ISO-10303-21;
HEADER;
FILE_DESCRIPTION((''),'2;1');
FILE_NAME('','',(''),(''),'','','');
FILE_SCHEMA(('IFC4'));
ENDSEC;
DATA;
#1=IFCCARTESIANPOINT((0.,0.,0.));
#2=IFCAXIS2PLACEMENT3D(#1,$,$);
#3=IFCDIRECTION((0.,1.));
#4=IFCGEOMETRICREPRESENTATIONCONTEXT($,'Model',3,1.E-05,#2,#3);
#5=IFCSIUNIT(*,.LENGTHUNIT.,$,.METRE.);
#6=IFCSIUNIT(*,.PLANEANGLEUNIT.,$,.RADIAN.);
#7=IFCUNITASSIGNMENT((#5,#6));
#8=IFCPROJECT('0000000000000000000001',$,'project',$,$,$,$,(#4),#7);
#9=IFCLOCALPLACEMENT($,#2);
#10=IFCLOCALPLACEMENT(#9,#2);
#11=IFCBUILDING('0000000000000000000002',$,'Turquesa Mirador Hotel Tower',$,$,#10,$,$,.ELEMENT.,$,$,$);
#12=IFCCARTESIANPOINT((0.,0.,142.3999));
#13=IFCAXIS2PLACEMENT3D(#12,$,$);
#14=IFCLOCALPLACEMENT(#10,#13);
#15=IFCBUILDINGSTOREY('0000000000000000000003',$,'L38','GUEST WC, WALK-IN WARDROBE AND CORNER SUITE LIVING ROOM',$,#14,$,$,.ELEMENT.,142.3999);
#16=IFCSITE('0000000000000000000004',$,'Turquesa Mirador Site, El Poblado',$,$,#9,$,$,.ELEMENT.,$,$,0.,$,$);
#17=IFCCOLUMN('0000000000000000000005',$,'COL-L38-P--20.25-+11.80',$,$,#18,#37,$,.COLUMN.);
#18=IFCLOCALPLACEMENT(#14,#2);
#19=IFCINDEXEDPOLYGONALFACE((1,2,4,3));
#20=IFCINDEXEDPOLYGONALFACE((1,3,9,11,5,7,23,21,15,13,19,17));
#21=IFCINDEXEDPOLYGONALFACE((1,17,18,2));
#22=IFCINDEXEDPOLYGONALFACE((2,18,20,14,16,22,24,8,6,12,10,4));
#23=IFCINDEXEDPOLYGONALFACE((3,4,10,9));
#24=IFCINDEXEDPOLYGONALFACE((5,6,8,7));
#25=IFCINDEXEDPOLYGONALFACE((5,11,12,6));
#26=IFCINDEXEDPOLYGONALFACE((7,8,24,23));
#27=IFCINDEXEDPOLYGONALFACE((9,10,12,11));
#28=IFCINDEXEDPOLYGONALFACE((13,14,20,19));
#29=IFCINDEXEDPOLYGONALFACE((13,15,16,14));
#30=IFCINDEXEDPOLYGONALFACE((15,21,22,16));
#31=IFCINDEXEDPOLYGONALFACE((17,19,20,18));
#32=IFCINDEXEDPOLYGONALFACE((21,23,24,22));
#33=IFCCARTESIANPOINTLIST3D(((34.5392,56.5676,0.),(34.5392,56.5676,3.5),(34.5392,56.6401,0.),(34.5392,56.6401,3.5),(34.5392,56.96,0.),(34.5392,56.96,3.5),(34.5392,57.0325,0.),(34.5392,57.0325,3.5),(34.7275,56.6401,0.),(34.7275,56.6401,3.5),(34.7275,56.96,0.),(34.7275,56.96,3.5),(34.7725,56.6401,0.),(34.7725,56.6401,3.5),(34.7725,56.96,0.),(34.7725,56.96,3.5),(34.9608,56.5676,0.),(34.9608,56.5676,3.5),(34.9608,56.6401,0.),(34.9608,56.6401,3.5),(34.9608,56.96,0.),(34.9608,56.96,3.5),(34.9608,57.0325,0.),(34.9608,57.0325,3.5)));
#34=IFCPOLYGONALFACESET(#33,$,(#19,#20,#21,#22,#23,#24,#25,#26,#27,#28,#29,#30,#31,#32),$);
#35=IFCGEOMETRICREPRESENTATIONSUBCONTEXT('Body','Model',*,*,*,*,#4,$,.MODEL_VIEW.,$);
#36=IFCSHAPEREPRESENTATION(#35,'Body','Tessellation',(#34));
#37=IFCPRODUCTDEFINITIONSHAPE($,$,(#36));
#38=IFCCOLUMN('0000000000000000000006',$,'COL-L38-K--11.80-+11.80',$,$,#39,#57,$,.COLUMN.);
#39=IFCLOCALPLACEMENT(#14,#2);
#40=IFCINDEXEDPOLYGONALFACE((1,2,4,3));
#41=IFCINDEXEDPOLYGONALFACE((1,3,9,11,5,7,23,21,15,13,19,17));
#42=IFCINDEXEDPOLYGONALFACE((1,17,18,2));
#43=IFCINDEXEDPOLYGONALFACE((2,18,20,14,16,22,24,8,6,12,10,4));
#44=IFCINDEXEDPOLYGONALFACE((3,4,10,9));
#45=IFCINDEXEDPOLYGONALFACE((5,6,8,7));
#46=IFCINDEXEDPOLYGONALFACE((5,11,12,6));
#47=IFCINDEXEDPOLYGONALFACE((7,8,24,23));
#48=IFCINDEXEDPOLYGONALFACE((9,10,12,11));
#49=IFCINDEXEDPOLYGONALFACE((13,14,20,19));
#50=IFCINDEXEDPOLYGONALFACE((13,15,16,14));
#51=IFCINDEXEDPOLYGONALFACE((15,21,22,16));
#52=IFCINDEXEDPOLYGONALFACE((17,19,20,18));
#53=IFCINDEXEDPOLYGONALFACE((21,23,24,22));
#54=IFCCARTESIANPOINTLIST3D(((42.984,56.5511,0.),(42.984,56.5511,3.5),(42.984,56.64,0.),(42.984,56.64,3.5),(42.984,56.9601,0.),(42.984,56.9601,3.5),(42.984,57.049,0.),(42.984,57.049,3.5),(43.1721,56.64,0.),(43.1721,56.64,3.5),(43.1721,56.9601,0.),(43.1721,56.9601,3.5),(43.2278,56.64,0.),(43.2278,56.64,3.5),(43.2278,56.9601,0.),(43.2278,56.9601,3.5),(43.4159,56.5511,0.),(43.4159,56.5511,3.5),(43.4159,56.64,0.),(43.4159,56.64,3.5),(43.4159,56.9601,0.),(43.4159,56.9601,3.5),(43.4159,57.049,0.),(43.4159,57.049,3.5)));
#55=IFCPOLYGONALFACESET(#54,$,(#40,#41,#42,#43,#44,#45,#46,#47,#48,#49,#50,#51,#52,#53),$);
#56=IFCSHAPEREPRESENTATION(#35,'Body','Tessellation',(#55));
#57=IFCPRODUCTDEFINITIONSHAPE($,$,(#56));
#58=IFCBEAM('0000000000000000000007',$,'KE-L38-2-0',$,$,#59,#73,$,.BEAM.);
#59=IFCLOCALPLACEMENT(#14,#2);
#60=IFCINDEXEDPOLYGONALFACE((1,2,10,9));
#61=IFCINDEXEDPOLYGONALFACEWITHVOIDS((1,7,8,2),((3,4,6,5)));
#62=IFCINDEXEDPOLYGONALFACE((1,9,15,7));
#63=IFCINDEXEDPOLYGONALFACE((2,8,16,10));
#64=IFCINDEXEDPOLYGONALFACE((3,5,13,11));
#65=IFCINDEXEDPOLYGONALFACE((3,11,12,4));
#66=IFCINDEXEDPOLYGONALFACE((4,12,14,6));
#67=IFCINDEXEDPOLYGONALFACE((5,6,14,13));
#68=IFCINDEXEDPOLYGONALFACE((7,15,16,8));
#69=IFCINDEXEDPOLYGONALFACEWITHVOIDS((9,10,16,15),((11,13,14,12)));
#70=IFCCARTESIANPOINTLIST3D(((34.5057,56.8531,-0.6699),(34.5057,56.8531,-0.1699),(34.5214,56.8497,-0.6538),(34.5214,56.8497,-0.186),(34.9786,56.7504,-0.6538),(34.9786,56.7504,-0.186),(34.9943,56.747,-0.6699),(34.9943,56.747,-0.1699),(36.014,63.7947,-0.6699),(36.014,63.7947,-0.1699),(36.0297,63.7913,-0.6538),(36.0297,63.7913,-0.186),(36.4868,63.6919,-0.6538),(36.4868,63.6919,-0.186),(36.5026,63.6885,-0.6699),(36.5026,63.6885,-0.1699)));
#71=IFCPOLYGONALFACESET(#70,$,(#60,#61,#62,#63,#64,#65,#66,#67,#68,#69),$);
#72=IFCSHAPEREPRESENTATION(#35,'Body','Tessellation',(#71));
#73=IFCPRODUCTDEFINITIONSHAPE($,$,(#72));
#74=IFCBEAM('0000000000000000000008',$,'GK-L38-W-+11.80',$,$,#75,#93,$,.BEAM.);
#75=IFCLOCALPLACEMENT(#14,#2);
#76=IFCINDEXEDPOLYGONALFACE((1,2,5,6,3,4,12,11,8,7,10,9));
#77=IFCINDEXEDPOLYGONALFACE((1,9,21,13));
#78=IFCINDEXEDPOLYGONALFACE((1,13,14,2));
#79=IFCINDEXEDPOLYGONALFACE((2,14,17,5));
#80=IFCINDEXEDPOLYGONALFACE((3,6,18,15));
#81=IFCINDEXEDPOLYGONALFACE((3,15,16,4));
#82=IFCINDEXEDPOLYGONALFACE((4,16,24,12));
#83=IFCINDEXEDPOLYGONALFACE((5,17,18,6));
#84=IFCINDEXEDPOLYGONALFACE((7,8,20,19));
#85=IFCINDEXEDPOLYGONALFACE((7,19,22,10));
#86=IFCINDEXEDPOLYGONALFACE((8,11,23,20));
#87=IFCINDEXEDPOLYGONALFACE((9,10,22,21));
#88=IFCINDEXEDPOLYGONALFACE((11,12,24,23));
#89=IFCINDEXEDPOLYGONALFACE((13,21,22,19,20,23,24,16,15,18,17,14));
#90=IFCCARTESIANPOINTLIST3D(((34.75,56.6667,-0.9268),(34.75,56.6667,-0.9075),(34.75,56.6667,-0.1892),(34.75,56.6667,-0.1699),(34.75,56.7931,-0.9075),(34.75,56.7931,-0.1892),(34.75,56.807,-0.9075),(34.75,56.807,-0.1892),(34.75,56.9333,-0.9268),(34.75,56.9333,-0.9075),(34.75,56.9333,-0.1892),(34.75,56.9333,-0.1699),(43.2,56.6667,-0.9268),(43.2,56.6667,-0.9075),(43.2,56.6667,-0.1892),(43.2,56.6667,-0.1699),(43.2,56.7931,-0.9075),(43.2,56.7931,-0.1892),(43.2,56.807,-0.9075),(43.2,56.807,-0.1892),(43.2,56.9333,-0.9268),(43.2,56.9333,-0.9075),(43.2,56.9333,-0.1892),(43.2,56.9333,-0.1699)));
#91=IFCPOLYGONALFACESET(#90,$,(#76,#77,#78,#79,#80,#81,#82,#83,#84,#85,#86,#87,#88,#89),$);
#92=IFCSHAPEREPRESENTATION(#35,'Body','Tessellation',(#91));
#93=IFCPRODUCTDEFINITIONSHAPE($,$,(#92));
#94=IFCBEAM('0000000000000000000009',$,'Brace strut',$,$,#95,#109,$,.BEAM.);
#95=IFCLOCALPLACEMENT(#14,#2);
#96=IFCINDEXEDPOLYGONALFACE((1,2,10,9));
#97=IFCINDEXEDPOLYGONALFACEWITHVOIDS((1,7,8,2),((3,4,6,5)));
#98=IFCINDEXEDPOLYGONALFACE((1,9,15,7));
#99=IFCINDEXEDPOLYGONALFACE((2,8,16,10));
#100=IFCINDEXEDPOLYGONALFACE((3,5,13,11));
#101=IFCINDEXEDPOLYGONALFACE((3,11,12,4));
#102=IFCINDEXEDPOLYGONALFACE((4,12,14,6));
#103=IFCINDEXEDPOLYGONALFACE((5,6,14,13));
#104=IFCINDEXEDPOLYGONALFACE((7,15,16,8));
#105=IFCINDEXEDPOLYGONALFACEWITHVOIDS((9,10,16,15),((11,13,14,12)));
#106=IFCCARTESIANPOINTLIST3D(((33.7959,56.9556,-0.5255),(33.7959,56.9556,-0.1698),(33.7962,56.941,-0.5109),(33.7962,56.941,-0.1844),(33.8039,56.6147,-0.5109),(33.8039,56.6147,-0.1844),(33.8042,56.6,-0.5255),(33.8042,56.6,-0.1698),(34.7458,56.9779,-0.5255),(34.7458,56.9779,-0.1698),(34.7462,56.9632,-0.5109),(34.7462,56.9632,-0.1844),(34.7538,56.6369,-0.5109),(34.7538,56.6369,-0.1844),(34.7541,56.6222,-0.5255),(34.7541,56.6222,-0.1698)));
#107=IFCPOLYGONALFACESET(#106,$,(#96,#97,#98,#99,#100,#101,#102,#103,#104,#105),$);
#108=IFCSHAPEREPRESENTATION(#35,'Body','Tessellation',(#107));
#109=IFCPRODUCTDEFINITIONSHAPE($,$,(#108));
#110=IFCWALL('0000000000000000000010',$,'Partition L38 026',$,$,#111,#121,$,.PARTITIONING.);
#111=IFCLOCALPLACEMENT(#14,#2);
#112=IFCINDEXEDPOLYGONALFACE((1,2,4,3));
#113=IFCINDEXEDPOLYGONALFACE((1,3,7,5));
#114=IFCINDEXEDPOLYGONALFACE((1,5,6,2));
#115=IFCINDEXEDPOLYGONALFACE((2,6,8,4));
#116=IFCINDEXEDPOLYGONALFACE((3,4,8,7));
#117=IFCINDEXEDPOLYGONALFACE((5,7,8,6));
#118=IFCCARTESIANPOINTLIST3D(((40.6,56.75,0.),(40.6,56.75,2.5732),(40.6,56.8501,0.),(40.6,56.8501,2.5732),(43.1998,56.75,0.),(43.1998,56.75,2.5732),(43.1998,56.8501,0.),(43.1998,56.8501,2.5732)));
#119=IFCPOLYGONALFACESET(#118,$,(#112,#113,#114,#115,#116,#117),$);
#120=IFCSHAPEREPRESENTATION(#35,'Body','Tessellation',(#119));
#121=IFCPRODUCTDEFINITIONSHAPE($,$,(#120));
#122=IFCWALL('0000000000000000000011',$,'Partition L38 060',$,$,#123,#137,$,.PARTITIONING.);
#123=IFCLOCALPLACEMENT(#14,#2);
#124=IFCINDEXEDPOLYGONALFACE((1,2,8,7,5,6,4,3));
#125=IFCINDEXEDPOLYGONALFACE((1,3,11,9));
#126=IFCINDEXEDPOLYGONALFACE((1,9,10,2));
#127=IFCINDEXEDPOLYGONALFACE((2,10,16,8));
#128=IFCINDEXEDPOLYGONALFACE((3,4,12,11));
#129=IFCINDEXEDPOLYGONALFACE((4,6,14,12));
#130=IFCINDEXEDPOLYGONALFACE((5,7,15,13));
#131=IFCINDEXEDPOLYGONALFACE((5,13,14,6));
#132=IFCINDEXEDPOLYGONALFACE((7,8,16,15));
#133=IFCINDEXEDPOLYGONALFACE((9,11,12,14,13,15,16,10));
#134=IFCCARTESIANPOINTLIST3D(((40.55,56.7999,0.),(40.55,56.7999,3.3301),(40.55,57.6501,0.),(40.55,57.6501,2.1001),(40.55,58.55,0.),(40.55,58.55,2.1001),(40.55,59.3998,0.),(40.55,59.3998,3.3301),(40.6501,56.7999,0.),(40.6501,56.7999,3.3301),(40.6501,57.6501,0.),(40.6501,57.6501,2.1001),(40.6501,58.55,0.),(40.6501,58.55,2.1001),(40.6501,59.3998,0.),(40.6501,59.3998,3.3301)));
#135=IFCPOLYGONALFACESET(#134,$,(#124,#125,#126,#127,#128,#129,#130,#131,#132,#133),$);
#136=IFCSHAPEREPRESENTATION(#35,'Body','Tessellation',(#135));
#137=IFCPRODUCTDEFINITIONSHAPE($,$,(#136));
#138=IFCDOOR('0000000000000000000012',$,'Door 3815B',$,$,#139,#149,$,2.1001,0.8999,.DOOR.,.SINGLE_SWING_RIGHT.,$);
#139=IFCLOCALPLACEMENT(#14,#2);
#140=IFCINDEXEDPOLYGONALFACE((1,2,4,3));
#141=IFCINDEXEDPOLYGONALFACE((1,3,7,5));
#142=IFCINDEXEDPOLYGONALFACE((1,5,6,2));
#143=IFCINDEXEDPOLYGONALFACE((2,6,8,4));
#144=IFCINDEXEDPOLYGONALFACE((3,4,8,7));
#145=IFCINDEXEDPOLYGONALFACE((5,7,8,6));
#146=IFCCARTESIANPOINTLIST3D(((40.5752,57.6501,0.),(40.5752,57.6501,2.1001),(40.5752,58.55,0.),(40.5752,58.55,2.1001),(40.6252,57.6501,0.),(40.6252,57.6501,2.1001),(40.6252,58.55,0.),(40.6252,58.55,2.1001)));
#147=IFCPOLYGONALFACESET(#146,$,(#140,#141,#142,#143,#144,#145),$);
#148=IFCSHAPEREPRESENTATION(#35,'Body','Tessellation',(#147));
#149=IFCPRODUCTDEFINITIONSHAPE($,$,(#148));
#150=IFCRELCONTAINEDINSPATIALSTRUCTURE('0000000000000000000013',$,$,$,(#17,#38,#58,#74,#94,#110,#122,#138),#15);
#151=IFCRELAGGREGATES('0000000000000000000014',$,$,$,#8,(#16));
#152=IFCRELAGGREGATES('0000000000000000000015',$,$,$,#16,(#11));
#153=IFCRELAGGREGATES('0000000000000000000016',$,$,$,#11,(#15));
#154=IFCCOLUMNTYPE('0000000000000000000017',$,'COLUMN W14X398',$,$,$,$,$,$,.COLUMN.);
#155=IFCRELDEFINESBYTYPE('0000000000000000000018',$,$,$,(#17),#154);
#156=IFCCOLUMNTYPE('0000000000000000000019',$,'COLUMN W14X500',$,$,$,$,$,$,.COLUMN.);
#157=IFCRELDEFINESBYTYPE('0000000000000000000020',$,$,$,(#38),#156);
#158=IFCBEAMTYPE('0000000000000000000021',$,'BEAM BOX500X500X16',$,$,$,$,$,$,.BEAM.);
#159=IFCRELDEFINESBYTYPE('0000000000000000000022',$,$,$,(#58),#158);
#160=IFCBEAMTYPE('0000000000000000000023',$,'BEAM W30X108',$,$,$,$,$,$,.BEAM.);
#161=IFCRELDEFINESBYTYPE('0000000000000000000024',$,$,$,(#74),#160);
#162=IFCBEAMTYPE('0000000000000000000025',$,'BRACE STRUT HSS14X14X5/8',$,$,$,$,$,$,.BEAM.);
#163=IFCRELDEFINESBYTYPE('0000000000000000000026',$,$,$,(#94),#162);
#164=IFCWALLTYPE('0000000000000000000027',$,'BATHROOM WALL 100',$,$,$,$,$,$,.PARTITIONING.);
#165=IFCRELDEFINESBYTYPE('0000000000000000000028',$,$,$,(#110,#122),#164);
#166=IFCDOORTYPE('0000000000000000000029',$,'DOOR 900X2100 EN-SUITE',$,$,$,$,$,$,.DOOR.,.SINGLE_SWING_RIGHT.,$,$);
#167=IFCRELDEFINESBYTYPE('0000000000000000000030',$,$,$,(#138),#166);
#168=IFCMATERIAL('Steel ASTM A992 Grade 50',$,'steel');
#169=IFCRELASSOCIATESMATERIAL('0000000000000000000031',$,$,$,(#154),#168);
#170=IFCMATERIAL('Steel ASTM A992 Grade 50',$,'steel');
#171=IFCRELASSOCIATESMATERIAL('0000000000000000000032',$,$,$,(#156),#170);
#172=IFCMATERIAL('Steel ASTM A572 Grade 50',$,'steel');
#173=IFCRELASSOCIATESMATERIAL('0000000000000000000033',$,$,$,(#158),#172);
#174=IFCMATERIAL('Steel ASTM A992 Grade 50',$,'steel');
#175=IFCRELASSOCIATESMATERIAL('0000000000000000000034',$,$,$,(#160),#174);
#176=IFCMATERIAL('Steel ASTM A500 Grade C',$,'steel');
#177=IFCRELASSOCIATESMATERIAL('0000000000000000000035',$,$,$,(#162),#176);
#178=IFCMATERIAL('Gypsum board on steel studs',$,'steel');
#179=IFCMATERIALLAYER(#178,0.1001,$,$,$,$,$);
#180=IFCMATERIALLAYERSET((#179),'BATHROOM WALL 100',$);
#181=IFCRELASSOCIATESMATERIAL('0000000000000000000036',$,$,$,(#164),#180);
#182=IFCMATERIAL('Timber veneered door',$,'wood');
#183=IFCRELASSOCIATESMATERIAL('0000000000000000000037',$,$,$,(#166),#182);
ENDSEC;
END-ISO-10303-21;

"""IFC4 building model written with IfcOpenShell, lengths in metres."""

from ifc_helpers import new_model, si_unit, direction, frame, frame_2d, origin, origin_2d, place, context, subcontext, project, spatial, rectangle, hollow_rectangle, i_section, extrude, material, layer, layer_set, material_profile, profile_set, type_object, element, fill, save


model = new_model("IFC4")

# Units and contexts
model_context = context("Model", 3, precision=1e-05, world=origin(), true_north=direction((0.0, 1.0)))
body_context = subcontext(model_context, "Body", "Model", "MODEL_VIEW")
ifc_project = project(units=[si_unit("LENGTHUNIT", "METRE"), si_unit("PLANEANGLEUNIT", "RADIAN")], contexts=[model_context])

# Site, building, storey
site_placement = place(None, origin())
site = spatial("IfcSite", under=ifc_project, at=site_placement, Name="Turquesa Mirador Site, El Poblado", CompositionType="ELEMENT", RefElevation=0.0)
building_placement = place(site_placement, origin())
building = spatial("IfcBuilding", under=site, at=building_placement, Name="Turquesa Mirador Hotel Tower", CompositionType="ELEMENT")
storey_placement = place(building_placement, frame((0.0, 0.0, 142.3999)))
storey = spatial("IfcBuildingStorey", under=building, at=storey_placement, Name="L38", Description="GUEST WC, WALK-IN WARDROBE AND CORNER SUITE LIVING ROOM", CompositionType="ELEMENT", Elevation=142.3999)

# Columns
ifc_material_1 = material(Name="Steel ASTM A992 Grade 50", Category="steel")
ifc_material_profile_1 = material_profile(ifc_material_1, i_section(OverallWidth=0.4216, OverallDepth=0.4648, WebThickness=0.0449, FlangeThickness=0.0725, at=origin_2d()), Name="W14X398")
ifc_profile_set_1 = profile_set([ifc_material_profile_1], Name="Steel ASTM A992 Grade 50")
column_type_1 = type_object("IfcColumnType", Name="COLUMN W14X398", PredefinedType="COLUMN", material=ifc_profile_set_1)
column_1_placement = place(storey_placement, frame((34.75, 56.8, 0.0), z_axis=(0.0, 0.0, 1.0), x_axis=(1.0, 0.0, 0.0)))
element("IfcColumn", 1, at=column_1_placement, inside=storey, type_object=column_type_1, Name="COL-L38-P--20.25-+11.80", PredefinedType="COLUMN", context=body_context, shape_type="SweptSolid", body=[
    extrude(i_section(OverallWidth=0.4216, OverallDepth=0.4648, WebThickness=0.0449, FlangeThickness=0.0725, at=origin_2d()), origin(), (0.0, 0.0, 1.0), 3.5),
])
ifc_material_2 = material(Name="Steel ASTM A992 Grade 50", Category="steel")
ifc_material_profile_2 = material_profile(ifc_material_2, i_section(OverallWidth=0.4319, OverallDepth=0.4978, WebThickness=0.0557, FlangeThickness=0.0889, at=origin_2d()), Name="W14X500")
ifc_profile_set_2 = profile_set([ifc_material_profile_2], Name="Steel ASTM A992 Grade 50")
column_type_2 = type_object("IfcColumnType", Name="COLUMN W14X500", PredefinedType="COLUMN", material=ifc_profile_set_2)
column_2_placement = place(storey_placement, frame((43.2, 56.8, 0.0), z_axis=(0.0, 0.0, 1.0), x_axis=(1.0, 0.0, 0.0)))
element("IfcColumn", 2, at=column_2_placement, inside=storey, type_object=column_type_2, Name="COL-L38-K--11.80-+11.80", PredefinedType="COLUMN", context=body_context, shape_type="SweptSolid", body=[
    extrude(i_section(OverallWidth=0.4319, OverallDepth=0.4978, WebThickness=0.0557, FlangeThickness=0.0889, at=origin_2d()), origin(), (0.0, 0.0, 1.0), 3.5),
])

# Beams
ifc_material_3 = material(Name="Steel ASTM A572 Grade 50", Category="steel")
ifc_material_profile_3 = material_profile(ifc_material_3, hollow_rectangle(XDim=0.5, YDim=0.5, WallThickness=0.0161, at=origin_2d()), Name="BOX500X500X16")
ifc_profile_set_3 = profile_set([ifc_material_profile_3], Name="Steel ASTM A572 Grade 50")
beam_type_1 = type_object("IfcBeamType", Name="BEAM BOX500X500X16", PredefinedType="BEAM", material=ifc_profile_set_3)
beam_1_placement = place(storey_placement, frame((34.75, 56.8, -0.4199), z_axis=(0.212328, 0.977198, 0.0), x_axis=(-0.977198, 0.212328, 0.0)))
element("IfcBeam", 3, at=beam_1_placement, inside=storey, type_object=beam_type_1, Name="KE-L38-2-0", PredefinedType="BEAM", context=body_context, shape_type="SweptSolid", body=[
    extrude(hollow_rectangle(XDim=0.5, YDim=0.5, WallThickness=0.0161, at=origin_2d()), origin(), (0.0, 0.0, 1.0), 7.1035),
])
ifc_material_4 = material(Name="Steel ASTM A992 Grade 50", Category="steel")
ifc_material_profile_4 = material_profile(ifc_material_4, i_section(OverallWidth=0.2666, OverallDepth=0.7568, WebThickness=0.0139, FlangeThickness=0.0193, at=origin_2d()), Name="W30X108")
ifc_profile_set_4 = profile_set([ifc_material_profile_4], Name="Steel ASTM A992 Grade 50")
beam_type_2 = type_object("IfcBeamType", Name="BEAM W30X108", PredefinedType="BEAM", material=ifc_profile_set_4)
beam_2_placement = place(storey_placement, frame((34.75, 56.8, -0.5483), z_axis=(1.0, 0.0, 0.0), x_axis=(0.0, 1.0, 0.0)))
element("IfcBeam", 4, at=beam_2_placement, inside=storey, type_object=beam_type_2, Name="GK-L38-W-+11.80", PredefinedType="BEAM", context=body_context, shape_type="SweptSolid", body=[
    extrude(i_section(OverallWidth=0.2666, OverallDepth=0.7568, WebThickness=0.0139, FlangeThickness=0.0193, at=origin_2d()), origin(), (0.0, 0.0, 1.0), 8.45),
])
ifc_material_5 = material(Name="Steel ASTM A500 Grade C", Category="steel")
ifc_material_profile_5 = material_profile(ifc_material_5, hollow_rectangle(XDim=0.3557, YDim=0.3557, WallThickness=0.0146, at=origin_2d()), Name="HSS14X14X5/8")
ifc_profile_set_5 = profile_set([ifc_material_profile_5], Name="Steel ASTM A500 Grade C")
beam_type_3 = type_object("IfcBeamType", Name="BRACE STRUT HSS14X14X5/8", PredefinedType="BEAM", material=ifc_profile_set_5)
beam_3_placement = place(storey_placement, frame((33.8, 56.7778, -0.3477), z_axis=(0.999727, 0.023381, 0.0), x_axis=(-0.023381, 0.999727, 0.0)))
element("IfcBeam", 5, at=beam_3_placement, inside=storey, type_object=beam_type_3, Name="Brace strut", PredefinedType="BEAM", context=body_context, shape_type="SweptSolid", body=[
    extrude(hollow_rectangle(XDim=0.3557, YDim=0.3557, WallThickness=0.0146, at=origin_2d()), origin(), (0.0, 0.0, 1.0), 0.9502),
])

# Wall
ifc_material_6 = material(Name="Gypsum board on steel studs", Category="steel")
ifc_layer_1 = layer(ifc_material_6, 0.1001)
ifc_layer_set_1 = layer_set([ifc_layer_1], Name="BATHROOM WALL 100")
wall_type_1 = type_object("IfcWallType", Name="BATHROOM WALL 100", PredefinedType="PARTITIONING", material=ifc_layer_set_1)
wall_1_placement = place(storey_placement, frame((40.6001, 56.8, 0.0), z_axis=(0.0, 0.0, 1.0), x_axis=(1.0, 0.0, 0.0)))
element("IfcWall", 6, at=wall_1_placement, inside=storey, type_object=wall_type_1, Name="Partition L38 026", PredefinedType="PARTITIONING", context=body_context, shape_type="SweptSolid", body=[
    extrude(rectangle(XDim=2.5999, YDim=0.1001, at=frame_2d((1.2998, 0.0))), origin(), (0.0, 0.0, 1.0), 2.5732),
])

# Wall, opening, door
wall_2_placement = place(storey_placement, frame((40.6001, 56.8, 0.0), z_axis=(0.0, 0.0, 1.0), x_axis=(0.0, 1.0, 0.0)))
wall_2 = element("IfcWall", 7, at=wall_2_placement, inside=storey, type_object=wall_type_1, Name="Partition L38 060", PredefinedType="PARTITIONING", context=body_context, shape_type="SweptSolid", body=[
    extrude(rectangle(XDim=2.5999, YDim=0.1001, at=frame_2d((1.2998, 0.0))), origin(), (0.0, 0.0, 1.0), 3.3301),
])
opening_1_placement = place(wall_2_placement, frame((0.8501, 0.0, 0.0)))
opening_1 = element("IfcOpeningElement", 8, at=opening_1_placement, cuts=wall_2, PredefinedType="OPENING", context=body_context, shape_type="SweptSolid", body=[
    extrude(rectangle(XDim=0.8999, YDim=2.1001, at=frame_2d((0.45, 1.05))), frame((0.0, 0.0601, 0.0), z_axis=(0.0, -1.0, 0.0), x_axis=(1.0, 0.0, 0.0)), (0.0, 0.0, 1.0), 0.1201),
])
ifc_material_7 = material(Name="Timber veneered door", Category="wood")
door_type_1 = type_object("IfcDoorType", Name="DOOR 900X2100 EN-SUITE", OperationType="SINGLE_SWING_RIGHT", PredefinedType="DOOR", material=ifc_material_7)
door_1_placement = place(opening_1_placement, origin())
door_1 = element("IfcDoor", 9, at=door_1_placement, inside=storey, type_object=door_type_1, Name="Door 3815B", OperationType="SINGLE_SWING_RIGHT", OverallHeight=2.1001, OverallWidth=0.8999, PredefinedType="DOOR", context=body_context, shape_type="SweptSolid", body=[
    extrude(rectangle(XDim=0.8999, YDim=2.1001, at=frame_2d((0.45, 1.05))), frame((0.0, 0.0249, 0.0), z_axis=(0.0, -1.0, 0.0), x_axis=(1.0, 0.0, 0.0)), (0.0, 0.0, 1.0), 0.05),
])
fill(opening_1, door_1)

save(model, "model.ifc")
